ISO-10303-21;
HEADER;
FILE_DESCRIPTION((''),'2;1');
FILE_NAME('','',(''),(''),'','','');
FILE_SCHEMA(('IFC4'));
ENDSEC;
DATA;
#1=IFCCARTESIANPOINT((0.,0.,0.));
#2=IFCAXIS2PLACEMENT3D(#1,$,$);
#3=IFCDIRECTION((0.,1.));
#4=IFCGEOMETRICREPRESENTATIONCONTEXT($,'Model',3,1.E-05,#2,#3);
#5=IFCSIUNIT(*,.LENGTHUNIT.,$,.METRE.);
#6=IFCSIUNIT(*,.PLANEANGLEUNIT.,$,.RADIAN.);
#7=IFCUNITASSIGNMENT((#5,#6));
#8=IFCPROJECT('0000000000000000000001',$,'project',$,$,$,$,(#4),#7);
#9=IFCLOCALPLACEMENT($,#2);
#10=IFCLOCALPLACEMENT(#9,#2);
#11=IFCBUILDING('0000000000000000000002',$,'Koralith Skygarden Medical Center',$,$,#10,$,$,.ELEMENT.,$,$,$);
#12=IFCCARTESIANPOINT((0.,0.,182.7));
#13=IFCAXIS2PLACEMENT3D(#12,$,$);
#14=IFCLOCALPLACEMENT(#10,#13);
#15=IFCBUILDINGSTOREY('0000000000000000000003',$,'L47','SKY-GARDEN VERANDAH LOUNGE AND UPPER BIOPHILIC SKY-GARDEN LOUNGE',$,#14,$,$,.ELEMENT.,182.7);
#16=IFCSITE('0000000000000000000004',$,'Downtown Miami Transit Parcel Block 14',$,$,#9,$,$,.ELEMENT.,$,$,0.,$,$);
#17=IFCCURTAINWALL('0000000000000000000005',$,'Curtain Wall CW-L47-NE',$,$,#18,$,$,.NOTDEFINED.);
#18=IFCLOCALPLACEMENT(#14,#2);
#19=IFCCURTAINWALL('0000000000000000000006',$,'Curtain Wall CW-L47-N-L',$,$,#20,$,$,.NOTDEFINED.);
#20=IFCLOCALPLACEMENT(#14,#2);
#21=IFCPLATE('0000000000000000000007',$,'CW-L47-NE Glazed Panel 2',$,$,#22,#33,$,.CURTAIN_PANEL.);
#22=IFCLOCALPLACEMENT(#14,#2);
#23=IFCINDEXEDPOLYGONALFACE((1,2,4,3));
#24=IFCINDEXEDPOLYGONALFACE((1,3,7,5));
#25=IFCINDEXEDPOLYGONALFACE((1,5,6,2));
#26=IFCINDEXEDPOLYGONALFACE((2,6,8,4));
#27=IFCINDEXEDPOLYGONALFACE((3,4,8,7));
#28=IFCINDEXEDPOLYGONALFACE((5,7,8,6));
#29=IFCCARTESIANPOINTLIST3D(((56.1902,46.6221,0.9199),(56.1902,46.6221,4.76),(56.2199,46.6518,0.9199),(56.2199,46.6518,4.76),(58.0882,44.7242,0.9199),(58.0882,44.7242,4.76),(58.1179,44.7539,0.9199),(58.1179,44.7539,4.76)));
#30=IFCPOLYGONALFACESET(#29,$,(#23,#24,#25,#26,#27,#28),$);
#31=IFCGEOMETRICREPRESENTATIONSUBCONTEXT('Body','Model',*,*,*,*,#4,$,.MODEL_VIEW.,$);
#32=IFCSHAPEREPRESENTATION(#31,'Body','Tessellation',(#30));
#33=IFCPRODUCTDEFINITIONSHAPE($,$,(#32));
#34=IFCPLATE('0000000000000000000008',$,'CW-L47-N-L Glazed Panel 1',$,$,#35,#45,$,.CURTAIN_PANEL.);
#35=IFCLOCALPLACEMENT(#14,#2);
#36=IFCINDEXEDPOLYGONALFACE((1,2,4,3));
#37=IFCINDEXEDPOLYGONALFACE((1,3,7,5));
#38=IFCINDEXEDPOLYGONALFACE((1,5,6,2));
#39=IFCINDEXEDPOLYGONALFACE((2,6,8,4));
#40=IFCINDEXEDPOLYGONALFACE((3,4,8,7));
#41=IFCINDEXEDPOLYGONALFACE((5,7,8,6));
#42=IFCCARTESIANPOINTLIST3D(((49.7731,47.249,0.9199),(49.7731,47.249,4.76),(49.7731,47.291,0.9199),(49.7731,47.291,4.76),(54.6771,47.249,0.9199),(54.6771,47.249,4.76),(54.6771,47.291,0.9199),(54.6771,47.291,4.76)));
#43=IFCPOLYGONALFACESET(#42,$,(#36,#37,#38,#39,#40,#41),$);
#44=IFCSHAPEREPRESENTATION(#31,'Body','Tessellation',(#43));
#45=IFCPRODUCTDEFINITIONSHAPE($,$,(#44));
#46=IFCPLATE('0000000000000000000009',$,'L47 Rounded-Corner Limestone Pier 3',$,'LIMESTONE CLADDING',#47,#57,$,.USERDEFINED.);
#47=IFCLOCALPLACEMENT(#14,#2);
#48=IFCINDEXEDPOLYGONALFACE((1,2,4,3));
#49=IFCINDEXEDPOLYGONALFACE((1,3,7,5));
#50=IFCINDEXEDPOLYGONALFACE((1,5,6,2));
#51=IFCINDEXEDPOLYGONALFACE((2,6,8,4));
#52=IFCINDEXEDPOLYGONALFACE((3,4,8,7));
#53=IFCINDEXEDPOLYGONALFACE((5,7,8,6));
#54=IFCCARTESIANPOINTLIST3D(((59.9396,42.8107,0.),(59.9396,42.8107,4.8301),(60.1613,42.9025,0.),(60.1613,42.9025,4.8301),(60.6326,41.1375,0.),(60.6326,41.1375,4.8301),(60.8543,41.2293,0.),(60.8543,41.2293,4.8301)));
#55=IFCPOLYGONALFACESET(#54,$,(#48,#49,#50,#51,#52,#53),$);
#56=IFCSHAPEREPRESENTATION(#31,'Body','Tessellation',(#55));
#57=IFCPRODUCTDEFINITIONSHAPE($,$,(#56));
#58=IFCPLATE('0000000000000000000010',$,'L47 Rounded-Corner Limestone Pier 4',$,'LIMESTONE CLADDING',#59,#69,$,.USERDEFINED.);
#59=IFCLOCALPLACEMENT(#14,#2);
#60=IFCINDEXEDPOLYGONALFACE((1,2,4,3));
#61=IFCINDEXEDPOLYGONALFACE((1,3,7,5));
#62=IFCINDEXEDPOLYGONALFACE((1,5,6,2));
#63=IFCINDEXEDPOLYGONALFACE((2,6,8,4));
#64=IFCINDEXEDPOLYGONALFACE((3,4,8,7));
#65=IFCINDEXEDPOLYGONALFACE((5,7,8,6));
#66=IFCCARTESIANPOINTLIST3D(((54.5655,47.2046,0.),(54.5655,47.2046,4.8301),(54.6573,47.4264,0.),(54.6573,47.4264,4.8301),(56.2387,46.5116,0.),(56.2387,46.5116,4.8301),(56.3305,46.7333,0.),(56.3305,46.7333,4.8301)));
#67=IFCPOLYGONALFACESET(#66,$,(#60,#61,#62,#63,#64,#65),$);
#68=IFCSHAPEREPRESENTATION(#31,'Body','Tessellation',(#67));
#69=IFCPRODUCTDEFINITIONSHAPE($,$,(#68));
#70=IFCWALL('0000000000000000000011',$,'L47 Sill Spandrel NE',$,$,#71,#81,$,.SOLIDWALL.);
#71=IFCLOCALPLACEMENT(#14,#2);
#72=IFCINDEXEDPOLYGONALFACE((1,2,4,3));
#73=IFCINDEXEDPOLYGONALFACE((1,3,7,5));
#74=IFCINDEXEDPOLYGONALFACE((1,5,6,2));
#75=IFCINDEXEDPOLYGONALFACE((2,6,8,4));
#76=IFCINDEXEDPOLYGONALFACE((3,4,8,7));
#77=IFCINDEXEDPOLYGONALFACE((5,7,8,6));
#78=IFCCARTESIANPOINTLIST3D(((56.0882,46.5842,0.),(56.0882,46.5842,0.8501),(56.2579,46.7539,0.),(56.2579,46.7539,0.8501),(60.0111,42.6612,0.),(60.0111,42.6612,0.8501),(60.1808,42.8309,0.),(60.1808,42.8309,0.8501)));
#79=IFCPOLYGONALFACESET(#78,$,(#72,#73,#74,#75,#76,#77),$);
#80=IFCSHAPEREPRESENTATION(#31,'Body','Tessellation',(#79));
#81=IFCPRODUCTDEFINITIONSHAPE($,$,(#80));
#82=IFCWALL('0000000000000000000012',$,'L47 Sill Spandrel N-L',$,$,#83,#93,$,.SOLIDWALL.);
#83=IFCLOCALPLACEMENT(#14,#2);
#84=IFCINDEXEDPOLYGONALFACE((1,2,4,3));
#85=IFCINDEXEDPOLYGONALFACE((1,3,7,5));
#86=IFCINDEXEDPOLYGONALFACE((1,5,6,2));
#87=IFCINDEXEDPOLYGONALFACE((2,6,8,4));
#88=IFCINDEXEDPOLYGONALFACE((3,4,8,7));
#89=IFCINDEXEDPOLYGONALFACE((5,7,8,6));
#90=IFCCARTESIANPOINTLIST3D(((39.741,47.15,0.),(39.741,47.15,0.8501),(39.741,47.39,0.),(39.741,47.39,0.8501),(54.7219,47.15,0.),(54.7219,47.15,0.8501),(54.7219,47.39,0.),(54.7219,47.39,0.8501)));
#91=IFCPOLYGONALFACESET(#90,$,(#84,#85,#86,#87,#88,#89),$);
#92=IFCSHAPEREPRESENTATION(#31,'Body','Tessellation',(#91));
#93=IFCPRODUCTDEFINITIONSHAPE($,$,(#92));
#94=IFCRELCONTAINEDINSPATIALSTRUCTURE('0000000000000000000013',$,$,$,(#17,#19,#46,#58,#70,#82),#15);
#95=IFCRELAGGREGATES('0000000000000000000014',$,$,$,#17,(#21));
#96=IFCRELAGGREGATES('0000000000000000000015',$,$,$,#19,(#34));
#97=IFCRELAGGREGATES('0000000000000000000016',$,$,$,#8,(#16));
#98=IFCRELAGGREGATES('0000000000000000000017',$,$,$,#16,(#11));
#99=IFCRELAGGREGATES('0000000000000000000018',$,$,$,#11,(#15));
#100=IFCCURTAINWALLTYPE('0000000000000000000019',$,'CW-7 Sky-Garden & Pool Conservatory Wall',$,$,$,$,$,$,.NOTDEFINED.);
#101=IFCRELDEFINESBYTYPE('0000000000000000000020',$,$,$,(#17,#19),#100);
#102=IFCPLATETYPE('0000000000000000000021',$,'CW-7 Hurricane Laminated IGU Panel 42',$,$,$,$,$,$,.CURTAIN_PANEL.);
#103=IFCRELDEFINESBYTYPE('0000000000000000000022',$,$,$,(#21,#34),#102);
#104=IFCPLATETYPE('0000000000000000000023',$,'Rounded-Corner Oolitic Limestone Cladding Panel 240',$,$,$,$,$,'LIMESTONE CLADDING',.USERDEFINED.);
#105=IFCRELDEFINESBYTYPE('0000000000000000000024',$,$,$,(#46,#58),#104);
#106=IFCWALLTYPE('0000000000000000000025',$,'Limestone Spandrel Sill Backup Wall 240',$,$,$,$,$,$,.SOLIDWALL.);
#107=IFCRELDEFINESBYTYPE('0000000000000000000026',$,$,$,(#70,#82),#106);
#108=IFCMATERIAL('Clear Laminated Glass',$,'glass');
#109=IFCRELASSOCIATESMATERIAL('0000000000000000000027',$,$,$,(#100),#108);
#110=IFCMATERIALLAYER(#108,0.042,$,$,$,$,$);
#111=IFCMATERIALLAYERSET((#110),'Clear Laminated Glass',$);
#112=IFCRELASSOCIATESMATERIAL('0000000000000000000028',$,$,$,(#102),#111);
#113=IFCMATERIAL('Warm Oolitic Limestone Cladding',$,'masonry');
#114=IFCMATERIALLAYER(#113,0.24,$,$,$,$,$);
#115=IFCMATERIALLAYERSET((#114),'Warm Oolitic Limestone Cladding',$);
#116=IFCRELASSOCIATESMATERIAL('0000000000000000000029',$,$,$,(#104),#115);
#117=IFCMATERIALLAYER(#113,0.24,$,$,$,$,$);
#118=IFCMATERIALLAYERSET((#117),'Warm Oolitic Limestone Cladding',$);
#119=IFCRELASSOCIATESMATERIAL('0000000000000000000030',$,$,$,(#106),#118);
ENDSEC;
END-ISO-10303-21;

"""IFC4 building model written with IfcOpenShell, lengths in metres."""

from ifc_helpers import new_model, si_unit, direction, frame, frame_2d, origin, origin_2d, place, context, subcontext, project, spatial, rectangle, extrude, material, layer, layer_set, type_object, element, aggregate, save


model = new_model("IFC4")

# Units and contexts
model_context = context("Model", 3, precision=1e-05, world=origin(), true_north=direction((0.0, 1.0)))
body_context = subcontext(model_context, "Body", "Model", "MODEL_VIEW")
ifc_project = project(units=[si_unit("LENGTHUNIT", "METRE"), si_unit("PLANEANGLEUNIT", "RADIAN")], contexts=[model_context])

# Site, building, storey
site_placement = place(None, origin())
site = spatial("IfcSite", under=ifc_project, at=site_placement, Name="Downtown Miami Transit Parcel Block 14", CompositionType="ELEMENT", RefElevation=0.0)
building_placement = place(site_placement, origin())
building = spatial("IfcBuilding", under=site, at=building_placement, Name="Koralith Skygarden Medical Center", CompositionType="ELEMENT")
storey_placement = place(building_placement, frame((0.0, 0.0, 182.7)))
storey = spatial("IfcBuildingStorey", under=building, at=storey_placement, Name="L47", Description="SKY-GARDEN VERANDAH LOUNGE AND UPPER BIOPHILIC SKY-GARDEN LOUNGE", CompositionType="ELEMENT", Elevation=182.7)

# Curtain walls
ifc_material_1 = material(Name="Clear Laminated Glass", Category="glass")
curtain_wall_type = type_object("IfcCurtainWallType", Name="CW-7 Sky-Garden & Pool Conservatory Wall", PredefinedType="NOTDEFINED", material=ifc_material_1)
curtain_wall_1_placement = place(storey_placement, origin())
curtain_wall_1 = element("IfcCurtainWall", 1, at=curtain_wall_1_placement, inside=storey, type_object=curtain_wall_type, Name="Curtain Wall CW-L47-NE", PredefinedType="NOTDEFINED")
curtain_wall_2_placement = place(storey_placement, origin())
curtain_wall_2 = element("IfcCurtainWall", 2, at=curtain_wall_2_placement, inside=storey, type_object=curtain_wall_type, Name="Curtain Wall CW-L47-N-L", PredefinedType="NOTDEFINED")

# Plates
ifc_layer_1 = layer(ifc_material_1, 0.042)
ifc_layer_set_1 = layer_set([ifc_layer_1], Name="Clear Laminated Glass")
plate_type_1 = type_object("IfcPlateType", Name="CW-7 Hurricane Laminated IGU Panel 42", PredefinedType="CURTAIN_PANEL", material=ifc_layer_set_1)
plate_1_placement = place(storey_placement, frame((57.1541, 45.688, 0.9199), z_axis=(0.0, 0.0, 1.0), x_axis=(-0.707107, 0.707107, 0.0)))
plate_1 = element("IfcPlate", 3, at=plate_1_placement, type_object=plate_type_1, Name="CW-L47-NE Glazed Panel 2", PredefinedType="CURTAIN_PANEL", context=body_context, shape_type="SweptSolid", body=[
    extrude(rectangle(XDim=2.6841, YDim=0.042, at=origin_2d()), origin(), (0.0, 0.0, 1.0), 3.8401),
])
aggregate(curtain_wall_1, [plate_1])
plate_2_placement = place(storey_placement, frame((52.2251, 47.27, 0.9199), z_axis=(0.0, 0.0, 1.0), x_axis=(-1.0, 0.0, 0.0)))
plate_2 = element("IfcPlate", 4, at=plate_2_placement, type_object=plate_type_1, Name="CW-L47-N-L Glazed Panel 1", PredefinedType="CURTAIN_PANEL", context=body_context, shape_type="SweptSolid", body=[
    extrude(rectangle(XDim=4.9041, YDim=0.042, at=origin_2d()), origin(), (0.0, 0.0, 1.0), 3.8401),
])
aggregate(curtain_wall_2, [plate_2])

# Plates
ifc_material_2 = material(Name="Warm Oolitic Limestone Cladding", Category="masonry")
ifc_layer_2 = layer(ifc_material_2, 0.24)
ifc_layer_set_2 = layer_set([ifc_layer_2], Name="Warm Oolitic Limestone Cladding")
plate_type_2 = type_object("IfcPlateType", Name="Rounded-Corner Oolitic Limestone Cladding Panel 240", ElementType="LIMESTONE CLADDING", PredefinedType="USERDEFINED", material=ifc_layer_set_2)
for number, where, z_axis, x_axis, name in (
    (5, (60.397, 42.02, 0.0), (0.0, 0.0, 1.0), (-0.382671, 0.923885, 0.0), "L47 Rounded-Corner Limestone Pier 3"),
    (6, (55.448, 46.969, 0.0), (0.0, 0.0, 1.0), (-0.923885, 0.382671, 0.0), "L47 Rounded-Corner Limestone Pier 4"),
):
    element("IfcPlate", number, at=place(storey_placement, frame(where, z_axis=z_axis, x_axis=x_axis)), inside=storey, type_object=plate_type_2, Name=name, ObjectType="LIMESTONE CLADDING", PredefinedType="USERDEFINED", context=body_context, shape_type="SweptSolid", body=[
        extrude(rectangle(XDim=1.811, YDim=0.24, at=origin_2d()), origin(), (0.0, 0.0, 1.0), 4.8301),
    ])

# Walls
ifc_layer_3 = layer(ifc_material_2, 0.24)
ifc_layer_set_3 = layer_set([ifc_layer_3], Name="Warm Oolitic Limestone Cladding")
wall_type = type_object("IfcWallType", Name="Limestone Spandrel Sill Backup Wall 240", PredefinedType="SOLIDWALL", material=ifc_layer_set_3)
wall_1_placement = place(storey_placement, frame((60.0959, 42.7461, 0.0), z_axis=(0.0, 0.0, 1.0), x_axis=(-0.707107, 0.707107, 0.0)))
element("IfcWall", 7, at=wall_1_placement, inside=storey, type_object=wall_type, Name="L47 Sill Spandrel NE", PredefinedType="SOLIDWALL", context=body_context, shape_type="SweptSolid", body=[
    extrude(rectangle(XDim=5.5479, YDim=0.24, at=frame_2d((2.7739, 0.0))), origin(), (0.0, 0.0, 1.0), 0.8501),
])
wall_2_placement = place(storey_placement, frame((54.7219, 47.27, 0.0), z_axis=(0.0, 0.0, 1.0), x_axis=(-1.0, 0.0, 0.0)))
element("IfcWall", 8, at=wall_2_placement, inside=storey, type_object=wall_type, Name="L47 Sill Spandrel N-L", PredefinedType="SOLIDWALL", context=body_context, shape_type="SweptSolid", body=[
    extrude(rectangle(XDim=14.981, YDim=0.24, at=frame_2d((7.4905, 0.0))), origin(), (0.0, 0.0, 1.0), 0.8501),
])

save(model, "model.ifc")
